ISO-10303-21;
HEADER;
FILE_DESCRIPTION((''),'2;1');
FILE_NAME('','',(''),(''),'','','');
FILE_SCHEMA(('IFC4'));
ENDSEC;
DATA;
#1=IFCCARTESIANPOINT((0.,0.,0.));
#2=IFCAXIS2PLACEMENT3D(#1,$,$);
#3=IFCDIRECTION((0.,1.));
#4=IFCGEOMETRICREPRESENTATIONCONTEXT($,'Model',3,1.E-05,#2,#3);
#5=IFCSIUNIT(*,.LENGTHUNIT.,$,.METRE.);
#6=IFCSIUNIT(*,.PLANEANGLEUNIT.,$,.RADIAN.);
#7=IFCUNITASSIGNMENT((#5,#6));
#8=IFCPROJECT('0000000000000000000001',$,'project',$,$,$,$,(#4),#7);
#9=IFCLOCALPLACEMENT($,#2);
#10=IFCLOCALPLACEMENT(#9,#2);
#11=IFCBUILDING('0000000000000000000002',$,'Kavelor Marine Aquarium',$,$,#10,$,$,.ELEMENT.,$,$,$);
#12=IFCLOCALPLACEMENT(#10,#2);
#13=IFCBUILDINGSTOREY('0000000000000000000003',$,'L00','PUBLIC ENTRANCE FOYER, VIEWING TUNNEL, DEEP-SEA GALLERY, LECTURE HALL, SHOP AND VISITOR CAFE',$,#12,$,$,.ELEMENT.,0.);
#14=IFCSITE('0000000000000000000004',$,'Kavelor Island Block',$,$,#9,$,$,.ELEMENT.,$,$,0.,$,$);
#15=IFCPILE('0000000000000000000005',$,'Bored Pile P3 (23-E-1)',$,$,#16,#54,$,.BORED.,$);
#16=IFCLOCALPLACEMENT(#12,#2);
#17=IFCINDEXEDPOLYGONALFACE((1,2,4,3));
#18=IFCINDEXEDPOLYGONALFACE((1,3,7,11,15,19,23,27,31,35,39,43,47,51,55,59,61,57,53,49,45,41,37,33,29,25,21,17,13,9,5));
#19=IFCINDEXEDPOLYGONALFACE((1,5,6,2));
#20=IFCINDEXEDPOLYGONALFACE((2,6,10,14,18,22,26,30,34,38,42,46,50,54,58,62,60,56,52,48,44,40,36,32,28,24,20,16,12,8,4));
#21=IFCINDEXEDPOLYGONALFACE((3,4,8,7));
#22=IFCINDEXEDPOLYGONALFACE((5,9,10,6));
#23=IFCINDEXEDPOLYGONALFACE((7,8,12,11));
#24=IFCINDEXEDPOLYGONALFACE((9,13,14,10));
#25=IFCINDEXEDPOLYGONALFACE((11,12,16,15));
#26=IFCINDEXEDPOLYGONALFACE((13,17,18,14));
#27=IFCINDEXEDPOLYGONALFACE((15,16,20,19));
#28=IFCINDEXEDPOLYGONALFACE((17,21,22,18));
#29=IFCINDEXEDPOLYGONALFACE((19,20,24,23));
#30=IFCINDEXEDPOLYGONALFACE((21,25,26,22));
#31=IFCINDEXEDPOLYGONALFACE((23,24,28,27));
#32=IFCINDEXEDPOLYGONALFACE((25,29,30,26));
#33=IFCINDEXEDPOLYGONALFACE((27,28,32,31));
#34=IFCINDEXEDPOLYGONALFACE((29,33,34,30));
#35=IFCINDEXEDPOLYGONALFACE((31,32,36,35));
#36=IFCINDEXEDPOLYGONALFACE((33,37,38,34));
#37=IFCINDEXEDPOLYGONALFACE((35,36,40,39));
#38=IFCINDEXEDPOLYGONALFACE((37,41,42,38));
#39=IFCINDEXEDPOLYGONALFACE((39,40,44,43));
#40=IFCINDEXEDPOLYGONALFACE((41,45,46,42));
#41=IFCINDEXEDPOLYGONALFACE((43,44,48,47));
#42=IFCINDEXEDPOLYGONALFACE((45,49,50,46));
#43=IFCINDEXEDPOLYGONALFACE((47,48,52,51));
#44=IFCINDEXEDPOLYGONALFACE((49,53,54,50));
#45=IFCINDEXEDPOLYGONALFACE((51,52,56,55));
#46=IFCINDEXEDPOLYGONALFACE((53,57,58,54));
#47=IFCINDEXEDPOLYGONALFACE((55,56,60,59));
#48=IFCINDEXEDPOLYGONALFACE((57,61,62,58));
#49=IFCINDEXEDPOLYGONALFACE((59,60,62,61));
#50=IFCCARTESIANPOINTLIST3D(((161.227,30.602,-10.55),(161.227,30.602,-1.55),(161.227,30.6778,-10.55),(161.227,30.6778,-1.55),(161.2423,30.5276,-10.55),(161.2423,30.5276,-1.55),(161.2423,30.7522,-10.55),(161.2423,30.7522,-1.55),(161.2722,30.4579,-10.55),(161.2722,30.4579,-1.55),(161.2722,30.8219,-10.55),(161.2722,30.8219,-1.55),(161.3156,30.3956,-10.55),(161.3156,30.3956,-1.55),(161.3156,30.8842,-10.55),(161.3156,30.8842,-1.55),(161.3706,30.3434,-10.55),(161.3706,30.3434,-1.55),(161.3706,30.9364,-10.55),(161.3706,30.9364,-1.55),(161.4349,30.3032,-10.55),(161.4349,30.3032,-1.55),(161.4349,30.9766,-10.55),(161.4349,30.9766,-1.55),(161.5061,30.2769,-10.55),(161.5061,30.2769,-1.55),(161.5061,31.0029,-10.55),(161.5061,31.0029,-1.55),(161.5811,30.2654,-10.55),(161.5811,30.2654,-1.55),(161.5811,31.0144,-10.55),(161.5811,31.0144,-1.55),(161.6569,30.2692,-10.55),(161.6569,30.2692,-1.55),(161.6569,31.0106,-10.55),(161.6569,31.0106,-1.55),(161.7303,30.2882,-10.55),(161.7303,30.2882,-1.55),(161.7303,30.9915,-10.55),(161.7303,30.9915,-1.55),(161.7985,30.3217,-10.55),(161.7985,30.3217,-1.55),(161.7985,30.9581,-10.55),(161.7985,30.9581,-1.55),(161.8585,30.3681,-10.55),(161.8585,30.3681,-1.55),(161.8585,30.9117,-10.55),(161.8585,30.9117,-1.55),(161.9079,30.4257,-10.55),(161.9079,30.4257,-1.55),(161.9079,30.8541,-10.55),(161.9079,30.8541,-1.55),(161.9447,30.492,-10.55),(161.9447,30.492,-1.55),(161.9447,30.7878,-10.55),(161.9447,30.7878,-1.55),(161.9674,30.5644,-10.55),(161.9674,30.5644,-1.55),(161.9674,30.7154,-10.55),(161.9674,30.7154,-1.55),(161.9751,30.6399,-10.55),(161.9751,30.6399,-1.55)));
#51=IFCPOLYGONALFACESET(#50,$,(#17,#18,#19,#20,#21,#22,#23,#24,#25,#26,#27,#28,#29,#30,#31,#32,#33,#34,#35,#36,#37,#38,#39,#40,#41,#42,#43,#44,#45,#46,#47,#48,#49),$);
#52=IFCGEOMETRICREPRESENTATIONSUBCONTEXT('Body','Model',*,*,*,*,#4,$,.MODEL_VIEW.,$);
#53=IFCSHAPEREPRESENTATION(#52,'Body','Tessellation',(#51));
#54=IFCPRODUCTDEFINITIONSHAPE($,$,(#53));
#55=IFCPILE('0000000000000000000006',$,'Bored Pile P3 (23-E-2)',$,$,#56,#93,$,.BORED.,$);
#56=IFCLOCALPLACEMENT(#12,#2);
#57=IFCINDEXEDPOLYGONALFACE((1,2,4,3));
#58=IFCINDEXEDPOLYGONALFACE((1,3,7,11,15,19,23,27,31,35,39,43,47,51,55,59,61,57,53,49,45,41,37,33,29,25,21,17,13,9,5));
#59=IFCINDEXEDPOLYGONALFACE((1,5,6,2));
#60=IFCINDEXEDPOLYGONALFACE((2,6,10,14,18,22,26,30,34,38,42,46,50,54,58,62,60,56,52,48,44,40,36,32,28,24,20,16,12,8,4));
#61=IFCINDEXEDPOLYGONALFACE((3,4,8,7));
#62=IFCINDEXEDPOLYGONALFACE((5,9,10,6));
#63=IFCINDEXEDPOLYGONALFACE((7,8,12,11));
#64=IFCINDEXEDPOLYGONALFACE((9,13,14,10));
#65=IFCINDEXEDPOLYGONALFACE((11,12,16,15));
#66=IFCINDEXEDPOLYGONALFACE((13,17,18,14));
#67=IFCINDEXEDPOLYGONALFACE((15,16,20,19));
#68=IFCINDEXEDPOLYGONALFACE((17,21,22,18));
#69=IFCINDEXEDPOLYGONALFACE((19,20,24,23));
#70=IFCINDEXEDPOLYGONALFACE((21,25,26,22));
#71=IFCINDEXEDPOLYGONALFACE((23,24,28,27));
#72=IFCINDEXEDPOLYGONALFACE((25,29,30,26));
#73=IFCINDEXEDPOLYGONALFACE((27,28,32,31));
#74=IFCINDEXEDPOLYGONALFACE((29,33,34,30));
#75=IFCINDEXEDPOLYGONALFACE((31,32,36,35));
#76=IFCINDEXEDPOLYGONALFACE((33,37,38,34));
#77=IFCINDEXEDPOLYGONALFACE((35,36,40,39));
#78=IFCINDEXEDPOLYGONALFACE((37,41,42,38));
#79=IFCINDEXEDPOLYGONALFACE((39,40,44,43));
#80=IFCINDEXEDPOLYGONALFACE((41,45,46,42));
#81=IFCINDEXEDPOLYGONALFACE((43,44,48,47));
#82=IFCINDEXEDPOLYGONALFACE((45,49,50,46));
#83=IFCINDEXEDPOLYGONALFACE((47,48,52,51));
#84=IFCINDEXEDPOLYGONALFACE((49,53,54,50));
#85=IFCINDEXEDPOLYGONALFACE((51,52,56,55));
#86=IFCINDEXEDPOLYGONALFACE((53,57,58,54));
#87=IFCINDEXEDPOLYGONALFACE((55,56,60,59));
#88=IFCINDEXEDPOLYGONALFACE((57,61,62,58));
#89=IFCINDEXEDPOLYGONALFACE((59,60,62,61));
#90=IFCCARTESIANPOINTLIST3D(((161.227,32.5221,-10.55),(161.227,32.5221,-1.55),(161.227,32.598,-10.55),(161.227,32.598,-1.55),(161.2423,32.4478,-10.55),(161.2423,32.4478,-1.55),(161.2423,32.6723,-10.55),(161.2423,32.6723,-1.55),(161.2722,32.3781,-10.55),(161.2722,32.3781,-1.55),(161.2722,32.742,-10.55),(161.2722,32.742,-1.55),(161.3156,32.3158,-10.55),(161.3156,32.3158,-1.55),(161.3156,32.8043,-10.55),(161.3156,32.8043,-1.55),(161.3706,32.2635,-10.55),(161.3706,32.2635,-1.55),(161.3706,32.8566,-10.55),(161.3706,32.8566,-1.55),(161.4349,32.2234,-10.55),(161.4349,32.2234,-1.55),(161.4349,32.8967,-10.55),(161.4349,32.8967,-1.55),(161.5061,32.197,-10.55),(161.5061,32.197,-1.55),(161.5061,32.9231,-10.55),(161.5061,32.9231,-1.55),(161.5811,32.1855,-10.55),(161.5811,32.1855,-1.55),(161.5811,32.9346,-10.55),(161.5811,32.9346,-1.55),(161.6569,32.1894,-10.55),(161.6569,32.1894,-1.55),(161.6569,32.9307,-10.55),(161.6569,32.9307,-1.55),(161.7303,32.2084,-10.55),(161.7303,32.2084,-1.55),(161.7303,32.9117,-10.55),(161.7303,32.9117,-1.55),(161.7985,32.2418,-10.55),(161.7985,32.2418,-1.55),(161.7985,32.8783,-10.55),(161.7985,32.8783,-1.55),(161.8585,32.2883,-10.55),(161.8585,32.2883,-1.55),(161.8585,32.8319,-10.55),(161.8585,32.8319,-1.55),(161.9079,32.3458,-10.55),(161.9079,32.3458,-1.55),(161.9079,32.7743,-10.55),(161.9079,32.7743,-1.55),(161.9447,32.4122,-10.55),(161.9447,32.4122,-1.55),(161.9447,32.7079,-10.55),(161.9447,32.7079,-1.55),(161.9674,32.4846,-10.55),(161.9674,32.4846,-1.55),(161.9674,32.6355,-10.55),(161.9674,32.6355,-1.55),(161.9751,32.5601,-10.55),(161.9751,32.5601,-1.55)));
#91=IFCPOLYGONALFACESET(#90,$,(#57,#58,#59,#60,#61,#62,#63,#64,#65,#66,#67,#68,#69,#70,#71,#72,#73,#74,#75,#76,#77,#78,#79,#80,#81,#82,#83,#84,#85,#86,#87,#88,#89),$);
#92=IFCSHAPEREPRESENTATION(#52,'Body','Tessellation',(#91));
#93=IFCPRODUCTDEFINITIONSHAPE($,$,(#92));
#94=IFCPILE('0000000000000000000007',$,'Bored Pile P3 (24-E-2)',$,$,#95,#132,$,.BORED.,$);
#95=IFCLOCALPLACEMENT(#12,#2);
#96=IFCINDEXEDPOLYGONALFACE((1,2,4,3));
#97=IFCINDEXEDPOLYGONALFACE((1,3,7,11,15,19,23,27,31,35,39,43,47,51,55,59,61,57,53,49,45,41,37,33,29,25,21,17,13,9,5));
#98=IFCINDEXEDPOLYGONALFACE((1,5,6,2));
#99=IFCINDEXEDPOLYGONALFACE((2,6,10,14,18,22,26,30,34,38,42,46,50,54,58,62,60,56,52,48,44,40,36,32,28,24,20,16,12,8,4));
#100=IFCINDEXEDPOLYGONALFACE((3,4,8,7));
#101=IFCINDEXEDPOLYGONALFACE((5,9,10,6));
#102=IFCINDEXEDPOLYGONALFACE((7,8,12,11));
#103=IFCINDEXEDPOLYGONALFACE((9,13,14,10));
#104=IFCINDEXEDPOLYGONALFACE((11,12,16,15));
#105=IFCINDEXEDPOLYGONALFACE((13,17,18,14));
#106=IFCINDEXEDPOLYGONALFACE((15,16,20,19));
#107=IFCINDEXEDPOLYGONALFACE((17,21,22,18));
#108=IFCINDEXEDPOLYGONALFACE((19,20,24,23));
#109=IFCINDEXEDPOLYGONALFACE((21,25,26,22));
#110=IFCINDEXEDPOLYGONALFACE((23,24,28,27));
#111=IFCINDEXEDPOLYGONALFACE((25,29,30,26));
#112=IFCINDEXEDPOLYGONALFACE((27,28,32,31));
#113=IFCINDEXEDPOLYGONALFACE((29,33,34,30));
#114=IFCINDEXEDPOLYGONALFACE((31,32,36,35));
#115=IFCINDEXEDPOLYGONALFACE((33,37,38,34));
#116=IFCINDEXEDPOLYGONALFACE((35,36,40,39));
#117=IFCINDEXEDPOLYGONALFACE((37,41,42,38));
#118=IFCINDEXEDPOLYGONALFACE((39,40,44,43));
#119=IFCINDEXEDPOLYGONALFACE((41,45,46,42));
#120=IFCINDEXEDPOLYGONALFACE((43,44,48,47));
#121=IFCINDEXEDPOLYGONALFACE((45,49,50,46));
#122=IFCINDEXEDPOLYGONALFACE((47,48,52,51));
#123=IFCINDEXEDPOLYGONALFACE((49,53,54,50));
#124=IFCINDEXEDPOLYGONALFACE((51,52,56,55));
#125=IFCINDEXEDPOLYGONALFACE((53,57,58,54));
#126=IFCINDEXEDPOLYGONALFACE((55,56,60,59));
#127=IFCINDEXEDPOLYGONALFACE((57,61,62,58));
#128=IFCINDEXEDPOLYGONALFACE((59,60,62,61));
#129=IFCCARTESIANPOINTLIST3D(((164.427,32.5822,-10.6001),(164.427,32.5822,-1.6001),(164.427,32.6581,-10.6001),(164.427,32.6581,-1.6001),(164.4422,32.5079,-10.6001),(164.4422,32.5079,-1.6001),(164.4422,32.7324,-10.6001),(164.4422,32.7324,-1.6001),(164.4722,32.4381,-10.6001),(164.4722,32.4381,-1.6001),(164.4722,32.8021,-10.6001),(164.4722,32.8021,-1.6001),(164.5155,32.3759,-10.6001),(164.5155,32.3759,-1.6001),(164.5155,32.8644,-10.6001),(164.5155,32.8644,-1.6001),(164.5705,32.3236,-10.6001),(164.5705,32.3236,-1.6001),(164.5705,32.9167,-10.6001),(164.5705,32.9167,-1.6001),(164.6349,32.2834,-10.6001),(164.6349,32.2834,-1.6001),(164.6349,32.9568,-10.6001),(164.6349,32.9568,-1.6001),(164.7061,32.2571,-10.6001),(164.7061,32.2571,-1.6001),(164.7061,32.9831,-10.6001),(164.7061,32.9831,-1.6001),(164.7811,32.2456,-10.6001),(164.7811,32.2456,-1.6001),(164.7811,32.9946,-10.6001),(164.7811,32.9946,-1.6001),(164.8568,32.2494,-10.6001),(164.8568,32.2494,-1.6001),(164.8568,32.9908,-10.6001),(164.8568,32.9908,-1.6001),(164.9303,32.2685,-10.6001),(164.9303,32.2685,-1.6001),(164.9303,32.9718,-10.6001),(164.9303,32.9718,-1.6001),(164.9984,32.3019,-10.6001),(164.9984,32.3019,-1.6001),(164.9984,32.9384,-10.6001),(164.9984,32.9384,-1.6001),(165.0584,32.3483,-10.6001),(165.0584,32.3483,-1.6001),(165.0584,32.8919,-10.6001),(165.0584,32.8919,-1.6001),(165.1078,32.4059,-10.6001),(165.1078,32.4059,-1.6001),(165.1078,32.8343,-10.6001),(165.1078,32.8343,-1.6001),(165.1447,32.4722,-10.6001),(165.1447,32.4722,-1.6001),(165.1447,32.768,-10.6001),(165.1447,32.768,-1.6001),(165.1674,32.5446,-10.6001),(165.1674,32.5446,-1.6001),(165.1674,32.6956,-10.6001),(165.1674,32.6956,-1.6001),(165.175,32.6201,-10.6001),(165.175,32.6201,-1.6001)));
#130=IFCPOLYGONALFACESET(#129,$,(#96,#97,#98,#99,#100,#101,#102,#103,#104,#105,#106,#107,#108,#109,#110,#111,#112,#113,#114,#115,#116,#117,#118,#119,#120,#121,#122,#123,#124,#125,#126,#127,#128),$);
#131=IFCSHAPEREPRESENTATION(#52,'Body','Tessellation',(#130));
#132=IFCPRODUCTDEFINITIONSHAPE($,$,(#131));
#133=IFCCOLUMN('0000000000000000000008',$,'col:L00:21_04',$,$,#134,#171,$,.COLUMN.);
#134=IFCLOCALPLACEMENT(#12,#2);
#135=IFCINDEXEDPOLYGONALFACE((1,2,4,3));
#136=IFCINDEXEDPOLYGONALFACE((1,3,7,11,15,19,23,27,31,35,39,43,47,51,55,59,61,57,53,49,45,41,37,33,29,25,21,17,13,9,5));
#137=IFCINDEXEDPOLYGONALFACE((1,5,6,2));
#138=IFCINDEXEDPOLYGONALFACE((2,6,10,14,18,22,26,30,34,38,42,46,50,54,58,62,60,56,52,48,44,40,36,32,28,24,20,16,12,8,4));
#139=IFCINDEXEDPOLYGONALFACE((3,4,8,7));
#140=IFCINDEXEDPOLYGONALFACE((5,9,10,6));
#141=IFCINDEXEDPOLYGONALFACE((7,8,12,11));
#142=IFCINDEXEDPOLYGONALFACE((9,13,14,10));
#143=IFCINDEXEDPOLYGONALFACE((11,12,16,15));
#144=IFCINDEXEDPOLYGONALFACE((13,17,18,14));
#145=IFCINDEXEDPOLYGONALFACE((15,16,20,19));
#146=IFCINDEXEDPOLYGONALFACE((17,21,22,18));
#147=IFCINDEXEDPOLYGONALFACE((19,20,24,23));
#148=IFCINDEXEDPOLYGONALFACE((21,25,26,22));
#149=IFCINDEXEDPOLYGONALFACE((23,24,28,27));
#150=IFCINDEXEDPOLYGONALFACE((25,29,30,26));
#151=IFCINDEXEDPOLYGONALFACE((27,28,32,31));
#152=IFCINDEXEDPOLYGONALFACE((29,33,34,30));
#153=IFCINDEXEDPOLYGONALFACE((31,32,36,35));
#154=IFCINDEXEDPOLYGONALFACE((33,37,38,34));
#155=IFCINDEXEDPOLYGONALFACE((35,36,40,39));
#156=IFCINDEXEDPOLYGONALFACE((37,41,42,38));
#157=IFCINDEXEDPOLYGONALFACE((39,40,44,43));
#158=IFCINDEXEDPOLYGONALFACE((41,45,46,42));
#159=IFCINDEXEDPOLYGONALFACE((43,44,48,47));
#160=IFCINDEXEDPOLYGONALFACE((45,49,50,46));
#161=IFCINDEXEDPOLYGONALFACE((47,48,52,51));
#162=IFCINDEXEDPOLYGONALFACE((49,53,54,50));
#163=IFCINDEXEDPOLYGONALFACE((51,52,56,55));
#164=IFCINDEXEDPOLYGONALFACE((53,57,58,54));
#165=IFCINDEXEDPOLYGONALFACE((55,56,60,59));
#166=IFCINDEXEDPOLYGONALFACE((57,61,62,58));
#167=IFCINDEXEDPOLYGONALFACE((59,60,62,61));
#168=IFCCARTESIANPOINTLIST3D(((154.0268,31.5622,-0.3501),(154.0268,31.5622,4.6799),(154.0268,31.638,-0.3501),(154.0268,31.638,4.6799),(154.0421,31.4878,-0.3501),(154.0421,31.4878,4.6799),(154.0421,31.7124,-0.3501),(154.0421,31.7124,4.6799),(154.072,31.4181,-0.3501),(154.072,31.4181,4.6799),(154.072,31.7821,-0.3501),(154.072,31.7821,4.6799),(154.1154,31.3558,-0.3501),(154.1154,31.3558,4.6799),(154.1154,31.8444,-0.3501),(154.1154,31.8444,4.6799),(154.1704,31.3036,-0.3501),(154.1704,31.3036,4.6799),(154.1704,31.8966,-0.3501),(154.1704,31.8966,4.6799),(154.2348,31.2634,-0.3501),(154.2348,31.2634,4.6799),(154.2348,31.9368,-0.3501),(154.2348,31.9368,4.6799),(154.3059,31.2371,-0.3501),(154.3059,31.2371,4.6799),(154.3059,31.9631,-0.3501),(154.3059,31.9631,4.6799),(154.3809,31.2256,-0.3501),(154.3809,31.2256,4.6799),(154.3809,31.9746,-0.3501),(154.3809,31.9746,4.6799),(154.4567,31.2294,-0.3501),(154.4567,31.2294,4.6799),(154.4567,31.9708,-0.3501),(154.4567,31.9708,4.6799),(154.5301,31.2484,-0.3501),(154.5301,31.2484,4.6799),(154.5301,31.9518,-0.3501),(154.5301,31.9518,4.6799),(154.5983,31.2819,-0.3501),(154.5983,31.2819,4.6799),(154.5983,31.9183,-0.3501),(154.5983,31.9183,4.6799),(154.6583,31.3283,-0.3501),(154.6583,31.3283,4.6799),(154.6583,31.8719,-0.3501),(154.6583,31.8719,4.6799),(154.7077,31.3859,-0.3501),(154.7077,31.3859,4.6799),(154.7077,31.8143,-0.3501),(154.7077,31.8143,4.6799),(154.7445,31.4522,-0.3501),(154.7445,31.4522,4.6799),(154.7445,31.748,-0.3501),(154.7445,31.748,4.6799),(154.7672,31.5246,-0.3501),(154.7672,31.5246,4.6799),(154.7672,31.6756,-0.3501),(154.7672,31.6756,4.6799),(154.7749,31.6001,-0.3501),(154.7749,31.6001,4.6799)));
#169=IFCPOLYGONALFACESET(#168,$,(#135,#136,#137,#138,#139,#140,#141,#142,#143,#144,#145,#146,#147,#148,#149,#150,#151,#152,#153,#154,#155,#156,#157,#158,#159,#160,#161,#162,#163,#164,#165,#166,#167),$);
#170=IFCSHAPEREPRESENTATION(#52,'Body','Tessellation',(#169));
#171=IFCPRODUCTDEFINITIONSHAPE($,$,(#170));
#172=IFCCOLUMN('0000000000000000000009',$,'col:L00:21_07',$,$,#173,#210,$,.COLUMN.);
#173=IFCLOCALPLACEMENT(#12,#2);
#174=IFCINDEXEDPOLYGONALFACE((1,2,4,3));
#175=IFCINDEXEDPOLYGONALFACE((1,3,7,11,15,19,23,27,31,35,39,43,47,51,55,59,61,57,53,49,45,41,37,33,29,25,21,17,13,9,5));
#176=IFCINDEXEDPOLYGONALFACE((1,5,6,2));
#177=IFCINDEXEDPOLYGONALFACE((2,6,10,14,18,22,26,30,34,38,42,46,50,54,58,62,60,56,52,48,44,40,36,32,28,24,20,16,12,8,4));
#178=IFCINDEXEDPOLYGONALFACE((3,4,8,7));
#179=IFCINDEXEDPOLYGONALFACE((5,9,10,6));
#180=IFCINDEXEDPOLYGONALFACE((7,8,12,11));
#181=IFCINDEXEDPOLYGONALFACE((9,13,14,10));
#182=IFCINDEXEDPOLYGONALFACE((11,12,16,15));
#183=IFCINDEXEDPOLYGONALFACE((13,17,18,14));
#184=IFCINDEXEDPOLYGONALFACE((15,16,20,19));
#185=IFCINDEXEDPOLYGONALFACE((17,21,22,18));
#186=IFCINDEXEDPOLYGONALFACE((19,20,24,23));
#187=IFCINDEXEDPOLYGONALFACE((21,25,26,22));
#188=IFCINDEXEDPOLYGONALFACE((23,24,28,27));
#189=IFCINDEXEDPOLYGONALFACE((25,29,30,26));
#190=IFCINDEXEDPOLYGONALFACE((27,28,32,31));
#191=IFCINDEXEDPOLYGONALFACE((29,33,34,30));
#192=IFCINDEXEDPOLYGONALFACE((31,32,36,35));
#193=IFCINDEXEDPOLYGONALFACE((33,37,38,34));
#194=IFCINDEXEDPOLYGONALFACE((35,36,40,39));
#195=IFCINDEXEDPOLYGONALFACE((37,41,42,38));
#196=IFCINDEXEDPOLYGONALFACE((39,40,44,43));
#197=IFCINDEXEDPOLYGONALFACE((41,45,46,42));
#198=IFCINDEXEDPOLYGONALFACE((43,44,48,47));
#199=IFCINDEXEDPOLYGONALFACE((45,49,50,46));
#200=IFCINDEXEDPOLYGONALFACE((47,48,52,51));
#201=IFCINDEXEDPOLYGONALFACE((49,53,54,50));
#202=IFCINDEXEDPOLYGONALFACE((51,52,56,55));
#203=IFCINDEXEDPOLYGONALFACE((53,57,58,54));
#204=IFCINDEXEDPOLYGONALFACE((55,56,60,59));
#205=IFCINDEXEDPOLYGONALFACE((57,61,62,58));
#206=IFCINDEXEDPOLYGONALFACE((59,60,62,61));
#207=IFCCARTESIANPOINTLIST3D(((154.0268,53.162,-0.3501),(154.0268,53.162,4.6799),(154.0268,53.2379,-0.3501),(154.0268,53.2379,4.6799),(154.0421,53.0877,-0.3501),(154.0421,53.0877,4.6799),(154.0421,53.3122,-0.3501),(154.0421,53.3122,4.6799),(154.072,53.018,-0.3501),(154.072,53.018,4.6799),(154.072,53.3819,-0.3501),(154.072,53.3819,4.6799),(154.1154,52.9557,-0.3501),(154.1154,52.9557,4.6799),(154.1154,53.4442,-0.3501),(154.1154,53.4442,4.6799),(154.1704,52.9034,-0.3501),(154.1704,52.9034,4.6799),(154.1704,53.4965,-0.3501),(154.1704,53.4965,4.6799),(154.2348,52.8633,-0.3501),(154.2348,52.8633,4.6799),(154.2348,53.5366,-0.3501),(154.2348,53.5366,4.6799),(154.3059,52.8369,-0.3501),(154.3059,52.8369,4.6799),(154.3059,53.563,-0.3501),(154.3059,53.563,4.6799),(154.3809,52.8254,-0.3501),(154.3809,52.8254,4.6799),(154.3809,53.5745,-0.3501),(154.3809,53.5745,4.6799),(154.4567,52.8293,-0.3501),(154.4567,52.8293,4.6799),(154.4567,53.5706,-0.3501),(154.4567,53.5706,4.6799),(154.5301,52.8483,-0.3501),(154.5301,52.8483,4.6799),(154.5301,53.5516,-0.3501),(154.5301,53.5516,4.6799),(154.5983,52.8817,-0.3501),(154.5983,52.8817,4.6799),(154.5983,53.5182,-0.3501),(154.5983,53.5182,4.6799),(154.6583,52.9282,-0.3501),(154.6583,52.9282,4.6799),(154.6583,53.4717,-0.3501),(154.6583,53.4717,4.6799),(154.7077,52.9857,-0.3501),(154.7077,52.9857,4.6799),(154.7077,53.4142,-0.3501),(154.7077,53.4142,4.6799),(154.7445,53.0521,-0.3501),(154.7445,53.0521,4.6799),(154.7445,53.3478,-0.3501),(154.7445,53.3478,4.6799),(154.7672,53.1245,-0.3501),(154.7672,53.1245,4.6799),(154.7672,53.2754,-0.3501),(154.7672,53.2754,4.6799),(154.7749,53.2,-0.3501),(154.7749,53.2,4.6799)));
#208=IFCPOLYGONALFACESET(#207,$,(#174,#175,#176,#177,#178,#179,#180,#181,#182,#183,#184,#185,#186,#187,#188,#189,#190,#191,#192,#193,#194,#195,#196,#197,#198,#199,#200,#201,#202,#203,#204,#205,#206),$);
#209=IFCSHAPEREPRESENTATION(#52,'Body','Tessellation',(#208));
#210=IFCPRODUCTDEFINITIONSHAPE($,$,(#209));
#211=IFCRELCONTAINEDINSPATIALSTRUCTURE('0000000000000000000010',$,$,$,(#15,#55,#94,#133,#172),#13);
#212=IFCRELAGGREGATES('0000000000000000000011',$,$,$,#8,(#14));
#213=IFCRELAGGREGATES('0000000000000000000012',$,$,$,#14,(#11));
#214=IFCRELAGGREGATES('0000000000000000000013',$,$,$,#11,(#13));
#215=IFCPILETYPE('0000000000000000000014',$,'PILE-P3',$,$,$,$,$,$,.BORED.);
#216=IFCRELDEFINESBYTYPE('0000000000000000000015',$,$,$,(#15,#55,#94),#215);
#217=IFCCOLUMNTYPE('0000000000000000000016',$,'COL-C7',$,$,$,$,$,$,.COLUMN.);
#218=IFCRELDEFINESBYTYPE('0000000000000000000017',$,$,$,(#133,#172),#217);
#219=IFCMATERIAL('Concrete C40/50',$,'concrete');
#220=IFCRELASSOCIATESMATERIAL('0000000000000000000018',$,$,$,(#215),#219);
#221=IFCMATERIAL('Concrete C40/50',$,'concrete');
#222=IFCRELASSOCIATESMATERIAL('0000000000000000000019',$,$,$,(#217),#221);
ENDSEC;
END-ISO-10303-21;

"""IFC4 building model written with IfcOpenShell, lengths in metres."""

from ifc_helpers import new_model, si_unit, direction, frame, origin, origin_2d, place, context, subcontext, project, spatial, circle, extrude, material, material_profile, profile_set, type_object, element, save


model = new_model("IFC4")

# Units and contexts
model_context = context("Model", 3, precision=1e-05, world=origin(), true_north=direction((0.0, 1.0)))
body_context = subcontext(model_context, "Body", "Model", "MODEL_VIEW")
ifc_project = project(units=[si_unit("LENGTHUNIT", "METRE"), si_unit("PLANEANGLEUNIT", "RADIAN")], contexts=[model_context])

# Site, building, storey
site_placement = place(None, origin())
site = spatial("IfcSite", under=ifc_project, at=site_placement, Name="Kavelor Island Block", CompositionType="ELEMENT", RefElevation=0.0)
building_placement = place(site_placement, origin())
building = spatial("IfcBuilding", under=site, at=building_placement, Name="Kavelor Marine Aquarium", CompositionType="ELEMENT")
storey_placement = place(building_placement, origin())
storey = spatial("IfcBuildingStorey", under=building, at=storey_placement, Name="L00", Description="PUBLIC ENTRANCE FOYER, VIEWING TUNNEL, DEEP-SEA GALLERY, LECTURE HALL, SHOP AND VISITOR CAFE", CompositionType="ELEMENT", Elevation=0.0)

# Piles
ifc_material_1 = material(Name="Concrete C40/50", Category="concrete")
ifc_material_profile_1 = material_profile(ifc_material_1, circle(Radius=0.375, at=origin_2d()), Name="PILE D750")
ifc_profile_set_1 = profile_set([ifc_material_profile_1], Name="Concrete C40/50")
pile_type_1 = type_object("IfcPileType", Name="PILE-P3", PredefinedType="BORED", material=ifc_profile_set_1)
for number, where, z_axis, x_axis, name in (
    (1, (161.6001, 30.6399, -1.55), (0.0, 0.0, -1.0), (1.0, 0.0, 0.0), "Bored Pile P3 (23-E-1)"),
    (2, (161.6001, 32.5601, -1.55), (0.0, 0.0, -1.0), (1.0, 0.0, 0.0), "Bored Pile P3 (23-E-2)"),
    (3, (164.8, 32.6201, -1.6001), (0.0, 0.0, -1.0), (1.0, 0.0, 0.0), "Bored Pile P3 (24-E-2)"),
):
    element("IfcPile", number, at=place(storey_placement, frame(where, z_axis=z_axis, x_axis=x_axis)), inside=storey, type_object=pile_type_1, Name=name, PredefinedType="BORED", context=body_context, shape_type="SweptSolid", body=[
        extrude(circle(Radius=0.375, at=origin_2d()), origin(), (0.0, 0.0, 1.0), 9.0),
    ])

# Columns
ifc_material_2 = material(Name="Concrete C40/50", Category="concrete")
ifc_material_profile_2 = material_profile(ifc_material_2, circle(Radius=0.375, at=origin_2d()), Name="RC-COL D750")
ifc_profile_set_2 = profile_set([ifc_material_profile_2], Name="Concrete C40/50")
column_type = type_object("IfcColumnType", Name="COL-C7", PredefinedType="COLUMN", material=ifc_profile_set_2)
for number, where, z_axis, x_axis, name in (
    (4, (154.3999, 31.6001, -0.3501), (0.0, 0.0, 1.0), (1.0, 0.0, 0.0), "col:L00:21_04"),
    (5, (154.3999, 53.2, -0.3501), (0.0, 0.0, 1.0), (1.0, 0.0, 0.0), "col:L00:21_07"),
):
    element("IfcColumn", number, at=place(storey_placement, frame(where, z_axis=z_axis, x_axis=x_axis)), inside=storey, type_object=column_type, Name=name, PredefinedType="COLUMN", context=body_context, shape_type="SweptSolid", body=[
        extrude(circle(Radius=0.375, at=origin_2d()), origin(), (0.0, 0.0, 1.0), 5.03),
    ])

save(model, "model.ifc")
